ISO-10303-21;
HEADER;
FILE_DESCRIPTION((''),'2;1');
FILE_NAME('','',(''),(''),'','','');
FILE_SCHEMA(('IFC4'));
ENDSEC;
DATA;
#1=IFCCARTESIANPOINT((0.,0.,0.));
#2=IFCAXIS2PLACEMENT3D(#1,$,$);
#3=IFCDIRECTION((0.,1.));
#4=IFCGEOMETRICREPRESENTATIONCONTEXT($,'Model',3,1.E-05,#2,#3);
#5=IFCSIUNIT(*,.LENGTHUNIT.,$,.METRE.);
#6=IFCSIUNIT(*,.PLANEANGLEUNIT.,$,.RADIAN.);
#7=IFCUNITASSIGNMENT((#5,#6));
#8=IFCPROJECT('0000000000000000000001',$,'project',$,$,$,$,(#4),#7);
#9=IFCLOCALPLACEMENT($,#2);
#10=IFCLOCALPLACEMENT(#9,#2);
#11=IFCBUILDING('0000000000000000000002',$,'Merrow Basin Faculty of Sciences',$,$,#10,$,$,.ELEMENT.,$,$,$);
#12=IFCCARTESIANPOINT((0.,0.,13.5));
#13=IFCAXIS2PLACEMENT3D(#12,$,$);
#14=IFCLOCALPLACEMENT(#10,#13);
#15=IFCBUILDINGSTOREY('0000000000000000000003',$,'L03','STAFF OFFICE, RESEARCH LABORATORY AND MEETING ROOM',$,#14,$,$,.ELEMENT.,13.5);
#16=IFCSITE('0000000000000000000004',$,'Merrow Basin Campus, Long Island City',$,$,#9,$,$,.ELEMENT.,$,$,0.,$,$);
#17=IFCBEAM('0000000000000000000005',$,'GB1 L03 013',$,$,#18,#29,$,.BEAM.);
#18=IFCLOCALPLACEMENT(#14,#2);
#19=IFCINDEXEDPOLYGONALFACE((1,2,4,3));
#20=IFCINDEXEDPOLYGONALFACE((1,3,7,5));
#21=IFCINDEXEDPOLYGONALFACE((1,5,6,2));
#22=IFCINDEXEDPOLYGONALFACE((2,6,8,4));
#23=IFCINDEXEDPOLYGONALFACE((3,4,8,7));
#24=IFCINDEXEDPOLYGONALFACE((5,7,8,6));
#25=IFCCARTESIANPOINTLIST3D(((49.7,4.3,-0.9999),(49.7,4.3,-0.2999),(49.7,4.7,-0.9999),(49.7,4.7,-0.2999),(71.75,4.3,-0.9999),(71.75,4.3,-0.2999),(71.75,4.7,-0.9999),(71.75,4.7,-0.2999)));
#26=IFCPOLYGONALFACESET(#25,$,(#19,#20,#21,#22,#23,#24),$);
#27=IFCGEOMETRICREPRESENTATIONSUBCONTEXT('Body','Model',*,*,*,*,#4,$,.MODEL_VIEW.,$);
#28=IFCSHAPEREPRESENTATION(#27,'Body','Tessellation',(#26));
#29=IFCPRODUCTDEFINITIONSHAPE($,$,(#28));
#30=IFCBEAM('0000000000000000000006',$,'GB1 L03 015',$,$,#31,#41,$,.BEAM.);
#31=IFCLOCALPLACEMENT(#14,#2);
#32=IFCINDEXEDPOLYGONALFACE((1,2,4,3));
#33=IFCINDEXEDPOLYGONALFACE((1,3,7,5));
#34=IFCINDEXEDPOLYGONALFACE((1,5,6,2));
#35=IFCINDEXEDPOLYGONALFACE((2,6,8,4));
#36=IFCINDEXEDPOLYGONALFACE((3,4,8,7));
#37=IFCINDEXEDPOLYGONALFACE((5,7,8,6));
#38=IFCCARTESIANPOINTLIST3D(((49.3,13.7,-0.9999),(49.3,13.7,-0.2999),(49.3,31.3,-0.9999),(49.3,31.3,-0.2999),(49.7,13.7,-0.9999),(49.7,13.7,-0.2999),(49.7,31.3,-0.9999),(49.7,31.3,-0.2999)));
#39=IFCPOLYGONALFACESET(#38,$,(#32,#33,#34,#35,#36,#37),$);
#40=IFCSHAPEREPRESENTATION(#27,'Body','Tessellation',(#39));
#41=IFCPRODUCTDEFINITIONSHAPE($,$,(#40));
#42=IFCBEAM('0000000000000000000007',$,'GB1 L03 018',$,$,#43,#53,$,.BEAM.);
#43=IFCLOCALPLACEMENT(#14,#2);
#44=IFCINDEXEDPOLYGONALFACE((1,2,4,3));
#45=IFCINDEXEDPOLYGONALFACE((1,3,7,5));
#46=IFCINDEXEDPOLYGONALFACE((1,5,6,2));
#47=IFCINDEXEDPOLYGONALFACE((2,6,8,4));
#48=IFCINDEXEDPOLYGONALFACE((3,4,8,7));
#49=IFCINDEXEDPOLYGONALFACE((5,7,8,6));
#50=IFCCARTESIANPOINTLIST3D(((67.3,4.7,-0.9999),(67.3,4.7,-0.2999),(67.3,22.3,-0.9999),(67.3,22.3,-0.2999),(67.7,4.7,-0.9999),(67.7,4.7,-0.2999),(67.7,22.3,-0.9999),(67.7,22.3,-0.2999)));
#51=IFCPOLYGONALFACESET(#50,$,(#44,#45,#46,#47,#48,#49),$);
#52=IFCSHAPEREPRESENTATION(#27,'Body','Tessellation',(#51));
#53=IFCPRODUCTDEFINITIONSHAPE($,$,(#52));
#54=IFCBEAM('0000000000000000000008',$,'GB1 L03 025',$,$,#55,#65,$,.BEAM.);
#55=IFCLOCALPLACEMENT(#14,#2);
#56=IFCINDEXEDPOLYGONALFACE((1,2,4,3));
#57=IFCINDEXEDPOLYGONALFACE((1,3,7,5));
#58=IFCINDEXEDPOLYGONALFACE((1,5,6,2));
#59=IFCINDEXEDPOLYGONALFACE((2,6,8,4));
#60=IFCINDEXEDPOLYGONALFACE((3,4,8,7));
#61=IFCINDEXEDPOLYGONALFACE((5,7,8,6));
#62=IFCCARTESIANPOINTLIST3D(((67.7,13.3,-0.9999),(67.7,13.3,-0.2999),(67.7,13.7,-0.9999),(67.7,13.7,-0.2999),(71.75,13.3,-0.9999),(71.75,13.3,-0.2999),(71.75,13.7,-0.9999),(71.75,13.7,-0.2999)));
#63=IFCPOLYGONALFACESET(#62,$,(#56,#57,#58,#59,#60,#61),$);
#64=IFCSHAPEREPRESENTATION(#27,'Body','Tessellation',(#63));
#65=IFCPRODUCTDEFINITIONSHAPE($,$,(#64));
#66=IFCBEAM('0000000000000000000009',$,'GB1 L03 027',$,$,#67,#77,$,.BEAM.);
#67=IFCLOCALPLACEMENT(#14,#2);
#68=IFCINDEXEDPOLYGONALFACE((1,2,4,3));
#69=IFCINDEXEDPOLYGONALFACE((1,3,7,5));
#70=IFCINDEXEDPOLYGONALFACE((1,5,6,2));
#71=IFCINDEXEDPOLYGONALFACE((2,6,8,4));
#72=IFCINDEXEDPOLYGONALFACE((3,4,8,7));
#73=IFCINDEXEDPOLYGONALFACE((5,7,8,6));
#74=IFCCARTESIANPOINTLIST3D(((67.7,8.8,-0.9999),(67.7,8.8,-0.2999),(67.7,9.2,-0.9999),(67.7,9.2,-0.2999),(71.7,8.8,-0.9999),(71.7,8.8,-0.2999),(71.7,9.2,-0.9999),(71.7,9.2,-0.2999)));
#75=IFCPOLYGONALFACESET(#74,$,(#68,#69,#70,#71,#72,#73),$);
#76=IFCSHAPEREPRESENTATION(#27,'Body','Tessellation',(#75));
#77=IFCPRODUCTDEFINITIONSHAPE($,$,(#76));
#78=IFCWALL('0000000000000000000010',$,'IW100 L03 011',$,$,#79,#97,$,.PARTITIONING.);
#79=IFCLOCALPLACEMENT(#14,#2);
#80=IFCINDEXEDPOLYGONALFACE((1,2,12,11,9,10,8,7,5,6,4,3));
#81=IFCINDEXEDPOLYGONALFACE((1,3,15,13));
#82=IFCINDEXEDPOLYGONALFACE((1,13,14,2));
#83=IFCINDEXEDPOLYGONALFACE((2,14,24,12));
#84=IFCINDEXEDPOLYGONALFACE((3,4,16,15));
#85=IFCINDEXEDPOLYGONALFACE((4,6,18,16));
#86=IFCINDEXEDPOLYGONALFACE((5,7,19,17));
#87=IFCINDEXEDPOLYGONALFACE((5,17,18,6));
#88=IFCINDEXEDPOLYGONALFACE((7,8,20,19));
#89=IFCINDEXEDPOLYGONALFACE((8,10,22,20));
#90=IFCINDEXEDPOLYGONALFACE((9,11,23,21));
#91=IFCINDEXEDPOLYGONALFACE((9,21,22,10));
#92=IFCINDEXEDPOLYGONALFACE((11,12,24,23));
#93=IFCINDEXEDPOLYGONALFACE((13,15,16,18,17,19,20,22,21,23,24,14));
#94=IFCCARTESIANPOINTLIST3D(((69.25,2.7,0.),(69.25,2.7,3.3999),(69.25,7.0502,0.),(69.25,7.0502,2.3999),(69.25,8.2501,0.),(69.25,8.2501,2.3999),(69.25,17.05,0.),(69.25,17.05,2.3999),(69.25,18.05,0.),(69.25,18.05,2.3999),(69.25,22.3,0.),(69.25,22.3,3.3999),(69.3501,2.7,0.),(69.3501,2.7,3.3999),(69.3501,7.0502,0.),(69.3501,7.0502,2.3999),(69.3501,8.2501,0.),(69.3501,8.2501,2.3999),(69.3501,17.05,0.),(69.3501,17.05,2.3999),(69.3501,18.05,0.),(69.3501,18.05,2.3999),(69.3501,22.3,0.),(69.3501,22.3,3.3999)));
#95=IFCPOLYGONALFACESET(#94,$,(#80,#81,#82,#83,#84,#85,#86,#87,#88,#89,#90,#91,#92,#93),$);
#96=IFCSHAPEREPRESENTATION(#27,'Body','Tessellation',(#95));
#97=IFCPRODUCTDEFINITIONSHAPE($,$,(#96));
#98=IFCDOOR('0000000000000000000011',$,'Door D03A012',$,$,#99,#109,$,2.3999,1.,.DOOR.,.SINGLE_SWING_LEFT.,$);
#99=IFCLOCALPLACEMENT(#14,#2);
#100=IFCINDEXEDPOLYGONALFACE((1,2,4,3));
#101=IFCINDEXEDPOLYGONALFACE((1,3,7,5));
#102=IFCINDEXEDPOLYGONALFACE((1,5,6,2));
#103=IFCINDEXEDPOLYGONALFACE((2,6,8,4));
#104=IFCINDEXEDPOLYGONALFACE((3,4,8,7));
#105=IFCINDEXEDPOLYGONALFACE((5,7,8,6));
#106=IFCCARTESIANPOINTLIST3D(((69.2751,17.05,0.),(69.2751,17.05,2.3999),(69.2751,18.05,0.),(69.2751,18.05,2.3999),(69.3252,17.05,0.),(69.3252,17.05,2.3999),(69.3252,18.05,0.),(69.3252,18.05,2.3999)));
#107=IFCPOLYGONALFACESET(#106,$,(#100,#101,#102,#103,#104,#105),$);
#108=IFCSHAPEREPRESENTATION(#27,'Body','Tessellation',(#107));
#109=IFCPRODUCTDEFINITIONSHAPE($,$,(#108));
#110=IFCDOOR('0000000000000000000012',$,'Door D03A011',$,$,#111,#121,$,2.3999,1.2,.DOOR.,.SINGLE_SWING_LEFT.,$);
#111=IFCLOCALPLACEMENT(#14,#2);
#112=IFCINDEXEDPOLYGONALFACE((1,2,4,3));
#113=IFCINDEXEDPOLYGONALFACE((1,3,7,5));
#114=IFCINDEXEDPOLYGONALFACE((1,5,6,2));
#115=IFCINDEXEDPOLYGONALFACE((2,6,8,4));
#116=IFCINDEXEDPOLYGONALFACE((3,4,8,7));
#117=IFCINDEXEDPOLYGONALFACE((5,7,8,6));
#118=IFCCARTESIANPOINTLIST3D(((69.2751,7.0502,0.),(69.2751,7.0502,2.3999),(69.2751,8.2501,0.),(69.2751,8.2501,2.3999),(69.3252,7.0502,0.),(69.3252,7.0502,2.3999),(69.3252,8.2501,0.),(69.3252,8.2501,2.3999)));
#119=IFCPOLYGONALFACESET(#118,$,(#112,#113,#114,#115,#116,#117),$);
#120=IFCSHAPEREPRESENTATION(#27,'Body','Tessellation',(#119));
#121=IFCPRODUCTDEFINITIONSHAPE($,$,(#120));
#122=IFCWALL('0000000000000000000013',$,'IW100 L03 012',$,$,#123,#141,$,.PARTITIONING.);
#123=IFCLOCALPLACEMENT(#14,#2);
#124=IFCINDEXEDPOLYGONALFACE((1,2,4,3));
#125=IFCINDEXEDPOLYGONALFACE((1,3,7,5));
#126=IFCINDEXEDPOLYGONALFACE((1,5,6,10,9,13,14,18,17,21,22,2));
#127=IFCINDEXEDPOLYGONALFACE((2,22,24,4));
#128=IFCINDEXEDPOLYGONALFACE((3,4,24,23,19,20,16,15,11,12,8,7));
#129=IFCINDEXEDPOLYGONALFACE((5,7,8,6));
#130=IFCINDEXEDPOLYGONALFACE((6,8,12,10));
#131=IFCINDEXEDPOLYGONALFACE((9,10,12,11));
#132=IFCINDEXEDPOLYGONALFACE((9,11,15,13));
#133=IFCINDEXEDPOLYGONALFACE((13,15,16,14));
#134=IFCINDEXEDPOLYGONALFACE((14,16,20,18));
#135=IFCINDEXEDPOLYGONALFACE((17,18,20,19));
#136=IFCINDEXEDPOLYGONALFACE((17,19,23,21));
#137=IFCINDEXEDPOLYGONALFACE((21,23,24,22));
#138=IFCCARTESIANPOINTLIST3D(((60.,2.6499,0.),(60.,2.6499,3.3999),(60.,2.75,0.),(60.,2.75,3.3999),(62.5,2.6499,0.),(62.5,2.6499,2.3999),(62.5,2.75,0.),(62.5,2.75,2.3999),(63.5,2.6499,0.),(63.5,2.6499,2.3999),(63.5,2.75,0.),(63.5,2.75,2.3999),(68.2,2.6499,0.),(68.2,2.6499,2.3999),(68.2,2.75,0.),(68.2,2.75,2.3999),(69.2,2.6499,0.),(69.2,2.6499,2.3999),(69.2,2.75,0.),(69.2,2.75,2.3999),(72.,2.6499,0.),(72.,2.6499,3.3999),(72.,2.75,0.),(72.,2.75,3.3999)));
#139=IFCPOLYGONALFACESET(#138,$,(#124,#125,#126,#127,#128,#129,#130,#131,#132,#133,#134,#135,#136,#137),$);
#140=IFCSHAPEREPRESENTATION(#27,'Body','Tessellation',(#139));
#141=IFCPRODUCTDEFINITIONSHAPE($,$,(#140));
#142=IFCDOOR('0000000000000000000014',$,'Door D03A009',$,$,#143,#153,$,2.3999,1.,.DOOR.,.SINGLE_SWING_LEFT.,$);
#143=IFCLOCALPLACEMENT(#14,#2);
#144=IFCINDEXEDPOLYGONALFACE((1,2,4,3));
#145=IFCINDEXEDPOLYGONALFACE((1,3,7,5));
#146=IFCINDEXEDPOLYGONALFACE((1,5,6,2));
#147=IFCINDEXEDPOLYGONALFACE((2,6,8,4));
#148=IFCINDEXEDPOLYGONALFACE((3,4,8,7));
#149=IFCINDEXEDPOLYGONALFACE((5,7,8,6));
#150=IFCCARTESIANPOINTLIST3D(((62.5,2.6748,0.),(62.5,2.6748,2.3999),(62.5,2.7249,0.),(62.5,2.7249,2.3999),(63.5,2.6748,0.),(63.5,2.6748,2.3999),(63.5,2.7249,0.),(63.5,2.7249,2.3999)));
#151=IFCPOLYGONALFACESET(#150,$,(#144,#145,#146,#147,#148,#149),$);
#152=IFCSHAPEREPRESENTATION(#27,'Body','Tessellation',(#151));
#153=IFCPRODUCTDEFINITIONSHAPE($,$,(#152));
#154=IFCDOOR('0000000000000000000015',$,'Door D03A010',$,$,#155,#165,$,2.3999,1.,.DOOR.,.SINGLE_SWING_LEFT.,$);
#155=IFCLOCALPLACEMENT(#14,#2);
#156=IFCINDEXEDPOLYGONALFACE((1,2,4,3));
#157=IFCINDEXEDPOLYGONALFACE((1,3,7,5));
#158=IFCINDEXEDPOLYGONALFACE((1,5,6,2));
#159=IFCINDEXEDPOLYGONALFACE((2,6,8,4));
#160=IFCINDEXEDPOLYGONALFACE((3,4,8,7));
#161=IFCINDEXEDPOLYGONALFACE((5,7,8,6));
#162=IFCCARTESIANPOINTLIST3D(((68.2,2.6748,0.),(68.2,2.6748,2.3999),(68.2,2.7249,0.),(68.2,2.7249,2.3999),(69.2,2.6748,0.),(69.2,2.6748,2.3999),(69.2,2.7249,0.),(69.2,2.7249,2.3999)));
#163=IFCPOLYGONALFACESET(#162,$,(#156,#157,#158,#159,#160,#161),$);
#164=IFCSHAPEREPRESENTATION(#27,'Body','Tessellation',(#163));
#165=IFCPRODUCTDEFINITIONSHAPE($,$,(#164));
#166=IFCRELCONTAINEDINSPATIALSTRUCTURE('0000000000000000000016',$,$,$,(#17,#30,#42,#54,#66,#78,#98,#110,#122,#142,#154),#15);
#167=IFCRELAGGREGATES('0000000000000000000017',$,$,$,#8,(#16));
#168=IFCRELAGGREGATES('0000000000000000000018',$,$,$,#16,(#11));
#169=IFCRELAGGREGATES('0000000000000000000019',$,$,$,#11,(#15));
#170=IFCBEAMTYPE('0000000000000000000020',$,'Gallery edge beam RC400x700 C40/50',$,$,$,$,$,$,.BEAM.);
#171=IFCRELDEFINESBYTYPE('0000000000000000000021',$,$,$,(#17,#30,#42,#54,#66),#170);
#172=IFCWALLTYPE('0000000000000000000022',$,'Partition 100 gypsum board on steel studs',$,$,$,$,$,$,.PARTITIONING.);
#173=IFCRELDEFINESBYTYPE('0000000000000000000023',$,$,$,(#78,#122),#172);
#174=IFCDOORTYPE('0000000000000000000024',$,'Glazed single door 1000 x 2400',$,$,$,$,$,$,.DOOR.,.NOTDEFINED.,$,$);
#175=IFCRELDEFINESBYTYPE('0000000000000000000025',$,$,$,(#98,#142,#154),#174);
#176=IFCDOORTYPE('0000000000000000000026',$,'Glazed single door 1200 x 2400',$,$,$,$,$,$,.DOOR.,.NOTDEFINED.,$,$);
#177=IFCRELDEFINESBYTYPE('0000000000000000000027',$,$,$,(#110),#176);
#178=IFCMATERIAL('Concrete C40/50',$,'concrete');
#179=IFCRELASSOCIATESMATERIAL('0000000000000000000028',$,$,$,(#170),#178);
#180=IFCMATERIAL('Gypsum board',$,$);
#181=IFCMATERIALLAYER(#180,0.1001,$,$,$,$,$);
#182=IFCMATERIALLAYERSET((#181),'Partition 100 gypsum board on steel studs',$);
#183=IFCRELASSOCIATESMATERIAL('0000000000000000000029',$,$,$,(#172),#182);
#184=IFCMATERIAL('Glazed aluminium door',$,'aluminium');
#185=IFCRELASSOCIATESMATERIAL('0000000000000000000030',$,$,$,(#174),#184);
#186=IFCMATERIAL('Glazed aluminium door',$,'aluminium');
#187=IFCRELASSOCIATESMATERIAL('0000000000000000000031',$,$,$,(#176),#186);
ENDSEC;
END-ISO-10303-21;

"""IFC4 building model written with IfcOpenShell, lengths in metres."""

from ifc_helpers import new_model, si_unit, direction, frame, frame_2d, origin, origin_2d, place, context, subcontext, project, spatial, rectangle, extrude, material, layer, layer_set, material_profile, profile_set, type_object, element, fill, save


model = new_model("IFC4")

# Units and contexts
model_context = context("Model", 3, precision=1e-05, world=origin(), true_north=direction((0.0, 1.0)))
body_context = subcontext(model_context, "Body", "Model", "MODEL_VIEW")
ifc_project = project(units=[si_unit("LENGTHUNIT", "METRE"), si_unit("PLANEANGLEUNIT", "RADIAN")], contexts=[model_context])

# Site, building, storey
site_placement = place(None, origin())
site = spatial("IfcSite", under=ifc_project, at=site_placement, Name="Merrow Basin Campus, Long Island City", CompositionType="ELEMENT", RefElevation=0.0)
building_placement = place(site_placement, origin())
building = spatial("IfcBuilding", under=site, at=building_placement, Name="Merrow Basin Faculty of Sciences", CompositionType="ELEMENT")
storey_placement = place(building_placement, frame((0.0, 0.0, 13.5)))
storey = spatial("IfcBuildingStorey", under=building, at=storey_placement, Name="L03", Description="STAFF OFFICE, RESEARCH LABORATORY AND MEETING ROOM", CompositionType="ELEMENT", Elevation=13.5)

# Beams
ifc_material_1 = material(Name="Concrete C40/50", Category="concrete")
ifc_material_profile = material_profile(ifc_material_1, rectangle(XDim=0.3999, YDim=0.7, at=origin_2d()))
ifc_profile_set = profile_set([ifc_material_profile], Name="Concrete C40/50")
beam_type = type_object("IfcBeamType", Name="Gallery edge beam RC400x700 C40/50", PredefinedType="BEAM", material=ifc_profile_set)
beam_1_placement = place(storey_placement, frame((49.7, 4.5, -0.6499), z_axis=(1.0, 0.0, 0.0), x_axis=(0.0, 1.0, 0.0)))
element("IfcBeam", 1, at=beam_1_placement, inside=storey, type_object=beam_type, Name="GB1 L03 013", PredefinedType="BEAM", context=body_context, shape_type="SweptSolid", body=[
    extrude(rectangle(XDim=0.3999, YDim=0.7, at=origin_2d()), origin(), (0.0, 0.0, 1.0), 22.05),
])
for number, where, z_axis, x_axis, name in (
    (2, (49.5, 13.7, -0.6499), (0.0, 1.0, 0.0), (-1.0, 0.0, 0.0), "GB1 L03 015"),
    (3, (67.5, 4.7, -0.6499), (0.0, 1.0, 0.0), (-1.0, 0.0, 0.0), "GB1 L03 018"),
):
    element("IfcBeam", number, at=place(storey_placement, frame(where, z_axis=z_axis, x_axis=x_axis)), inside=storey, type_object=beam_type, Name=name, PredefinedType="BEAM", context=body_context, shape_type="SweptSolid", body=[
        extrude(rectangle(XDim=0.3999, YDim=0.7, at=origin_2d()), origin(), (0.0, 0.0, 1.0), 17.6001),
    ])
beam_2_placement = place(storey_placement, frame((67.7, 13.5, -0.6499), z_axis=(1.0, 0.0, 0.0), x_axis=(0.0, 1.0, 0.0)))
element("IfcBeam", 4, at=beam_2_placement, inside=storey, type_object=beam_type, Name="GB1 L03 025", PredefinedType="BEAM", context=body_context, shape_type="SweptSolid", body=[
    extrude(rectangle(XDim=0.3999, YDim=0.7, at=origin_2d()), origin(), (0.0, 0.0, 1.0), 4.05),
])
beam_3_placement = place(storey_placement, frame((67.7, 9.0, -0.6499), z_axis=(1.0, 0.0, 0.0), x_axis=(0.0, 1.0, 0.0)))
element("IfcBeam", 5, at=beam_3_placement, inside=storey, type_object=beam_type, Name="GB1 L03 027", PredefinedType="BEAM", context=body_context, shape_type="SweptSolid", body=[
    extrude(rectangle(XDim=0.3999, YDim=0.7, at=origin_2d()), origin(), (0.0, 0.0, 1.0), 4.0),
])

# Walls, openings, doors
ifc_material_2 = material(Name="Gypsum board")
ifc_layer_1 = layer(ifc_material_2, 0.1001)
ifc_layer_set_1 = layer_set([ifc_layer_1], Name="Partition 100 gypsum board on steel studs")
wall_type_1 = type_object("IfcWallType", Name="Partition 100 gypsum board on steel studs", PredefinedType="PARTITIONING", material=ifc_layer_set_1)
wall_1_placement = place(storey_placement, frame((69.3, 2.7, 0.0), z_axis=(0.0, 0.0, 1.0), x_axis=(0.0, 1.0, 0.0)))
wall_1 = element("IfcWall", 6, at=wall_1_placement, inside=storey, type_object=wall_type_1, Name="IW100 L03 011", PredefinedType="PARTITIONING", context=body_context, shape_type="SweptSolid", body=[
    extrude(rectangle(XDim=19.6001, YDim=0.1001, at=frame_2d((9.8, 0.0))), origin(), (0.0, 0.0, 1.0), 3.3999),
])
opening_1_placement = place(wall_1_placement, frame((4.3501, 0.0, 0.0)))
opening_1 = element("IfcOpeningElement", 7, at=opening_1_placement, cuts=wall_1, PredefinedType="OPENING", context=body_context, shape_type="SweptSolid", body=[
    extrude(rectangle(XDim=1.2, YDim=2.3999, at=frame_2d((0.6001, 1.2))), frame((0.0, 0.0601, 0.0), z_axis=(0.0, -1.0, 0.0), x_axis=(1.0, 0.0, 0.0)), (0.0, 0.0, 1.0), 0.1201),
])
opening_2_placement = place(wall_1_placement, frame((14.3501, 0.0, 0.0)))
opening_2 = element("IfcOpeningElement", 8, at=opening_2_placement, cuts=wall_1, PredefinedType="OPENING", context=body_context, shape_type="SweptSolid", body=[
    extrude(rectangle(XDim=1.0, YDim=2.3999, at=frame_2d((0.5, 1.2))), frame((0.0, 0.0601, 0.0), z_axis=(0.0, -1.0, 0.0), x_axis=(1.0, 0.0, 0.0)), (0.0, 0.0, 1.0), 0.1201),
])
ifc_material_3 = material(Name="Glazed aluminium door", Category="aluminium")
door_type_1 = type_object("IfcDoorType", Name="Glazed single door 1000 x 2400", OperationType="NOTDEFINED", PredefinedType="DOOR", material=ifc_material_3)
door_1_placement = place(opening_2_placement, origin())
door_1 = element("IfcDoor", 9, at=door_1_placement, inside=storey, type_object=door_type_1, Name="Door D03A012", OperationType="SINGLE_SWING_LEFT", OverallHeight=2.3999, OverallWidth=1.0, PredefinedType="DOOR", context=body_context, shape_type="SweptSolid", body=[
    extrude(rectangle(XDim=1.0, YDim=2.3999, at=frame_2d((0.5, 1.2))), frame((0.0, 0.0249, 0.0), z_axis=(0.0, -1.0, 0.0), x_axis=(1.0, 0.0, 0.0)), (0.0, 0.0, 1.0), 0.05),
])
fill(opening_2, door_1)
ifc_material_4 = material(Name="Glazed aluminium door", Category="aluminium")
door_type_2 = type_object("IfcDoorType", Name="Glazed single door 1200 x 2400", OperationType="NOTDEFINED", PredefinedType="DOOR", material=ifc_material_4)
door_2_placement = place(opening_1_placement, origin())
door_2 = element("IfcDoor", 10, at=door_2_placement, inside=storey, type_object=door_type_2, Name="Door D03A011", OperationType="SINGLE_SWING_LEFT", OverallHeight=2.3999, OverallWidth=1.2, PredefinedType="DOOR", context=body_context, shape_type="SweptSolid", body=[
    extrude(rectangle(XDim=1.2, YDim=2.3999, at=frame_2d((0.6001, 1.2))), frame((0.0, 0.0249, 0.0), z_axis=(0.0, -1.0, 0.0), x_axis=(1.0, 0.0, 0.0)), (0.0, 0.0, 1.0), 0.05),
])
fill(opening_1, door_2)
wall_2_placement = place(storey_placement, frame((60.0, 2.7, 0.0), z_axis=(0.0, 0.0, 1.0), x_axis=(1.0, 0.0, 0.0)))
wall_2 = element("IfcWall", 11, at=wall_2_placement, inside=storey, type_object=wall_type_1, Name="IW100 L03 012", PredefinedType="PARTITIONING", context=body_context, shape_type="SweptSolid", body=[
    extrude(rectangle(XDim=12.0, YDim=0.1001, at=frame_2d((6.0, 0.0))), origin(), (0.0, 0.0, 1.0), 3.3999),
])
opening_3_placement = place(wall_2_placement, frame((2.5, 0.0, 0.0)))
opening_3 = element("IfcOpeningElement", 12, at=opening_3_placement, cuts=wall_2, PredefinedType="OPENING", context=body_context, shape_type="SweptSolid", body=[
    extrude(rectangle(XDim=1.0, YDim=2.3999, at=frame_2d((0.5, 1.2))), frame((0.0, 0.0601, 0.0), z_axis=(0.0, -1.0, 0.0), x_axis=(1.0, 0.0, 0.0)), (0.0, 0.0, 1.0), 0.1201),
])
opening_4_placement = place(wall_2_placement, frame((8.2, 0.0, 0.0)))
opening_4 = element("IfcOpeningElement", 13, at=opening_4_placement, cuts=wall_2, PredefinedType="OPENING", context=body_context, shape_type="SweptSolid", body=[
    extrude(rectangle(XDim=1.0, YDim=2.3999, at=frame_2d((0.5, 1.2))), frame((0.0, 0.0601, 0.0), z_axis=(0.0, -1.0, 0.0), x_axis=(1.0, 0.0, 0.0)), (0.0, 0.0, 1.0), 0.1201),
])
door_3_placement = place(opening_3_placement, origin())
door_3 = element("IfcDoor", 14, at=door_3_placement, inside=storey, type_object=door_type_1, Name="Door D03A009", OperationType="SINGLE_SWING_LEFT", OverallHeight=2.3999, OverallWidth=1.0, PredefinedType="DOOR", context=body_context, shape_type="SweptSolid", body=[
    extrude(rectangle(XDim=1.0, YDim=2.3999, at=frame_2d((0.5, 1.2))), frame((0.0, 0.0249, 0.0), z_axis=(0.0, -1.0, 0.0), x_axis=(1.0, 0.0, 0.0)), (0.0, 0.0, 1.0), 0.05),
])
fill(opening_3, door_3)
door_4_placement = place(opening_4_placement, origin())
door_4 = element("IfcDoor", 15, at=door_4_placement, inside=storey, type_object=door_type_1, Name="Door D03A010", OperationType="SINGLE_SWING_LEFT", OverallHeight=2.3999, OverallWidth=1.0, PredefinedType="DOOR", context=body_context, shape_type="SweptSolid", body=[
    extrude(rectangle(XDim=1.0, YDim=2.3999, at=frame_2d((0.5, 1.2))), frame((0.0, 0.0249, 0.0), z_axis=(0.0, -1.0, 0.0), x_axis=(1.0, 0.0, 0.0)), (0.0, 0.0, 1.0), 0.05),
])
fill(opening_4, door_4)

save(model, "model.ifc")
